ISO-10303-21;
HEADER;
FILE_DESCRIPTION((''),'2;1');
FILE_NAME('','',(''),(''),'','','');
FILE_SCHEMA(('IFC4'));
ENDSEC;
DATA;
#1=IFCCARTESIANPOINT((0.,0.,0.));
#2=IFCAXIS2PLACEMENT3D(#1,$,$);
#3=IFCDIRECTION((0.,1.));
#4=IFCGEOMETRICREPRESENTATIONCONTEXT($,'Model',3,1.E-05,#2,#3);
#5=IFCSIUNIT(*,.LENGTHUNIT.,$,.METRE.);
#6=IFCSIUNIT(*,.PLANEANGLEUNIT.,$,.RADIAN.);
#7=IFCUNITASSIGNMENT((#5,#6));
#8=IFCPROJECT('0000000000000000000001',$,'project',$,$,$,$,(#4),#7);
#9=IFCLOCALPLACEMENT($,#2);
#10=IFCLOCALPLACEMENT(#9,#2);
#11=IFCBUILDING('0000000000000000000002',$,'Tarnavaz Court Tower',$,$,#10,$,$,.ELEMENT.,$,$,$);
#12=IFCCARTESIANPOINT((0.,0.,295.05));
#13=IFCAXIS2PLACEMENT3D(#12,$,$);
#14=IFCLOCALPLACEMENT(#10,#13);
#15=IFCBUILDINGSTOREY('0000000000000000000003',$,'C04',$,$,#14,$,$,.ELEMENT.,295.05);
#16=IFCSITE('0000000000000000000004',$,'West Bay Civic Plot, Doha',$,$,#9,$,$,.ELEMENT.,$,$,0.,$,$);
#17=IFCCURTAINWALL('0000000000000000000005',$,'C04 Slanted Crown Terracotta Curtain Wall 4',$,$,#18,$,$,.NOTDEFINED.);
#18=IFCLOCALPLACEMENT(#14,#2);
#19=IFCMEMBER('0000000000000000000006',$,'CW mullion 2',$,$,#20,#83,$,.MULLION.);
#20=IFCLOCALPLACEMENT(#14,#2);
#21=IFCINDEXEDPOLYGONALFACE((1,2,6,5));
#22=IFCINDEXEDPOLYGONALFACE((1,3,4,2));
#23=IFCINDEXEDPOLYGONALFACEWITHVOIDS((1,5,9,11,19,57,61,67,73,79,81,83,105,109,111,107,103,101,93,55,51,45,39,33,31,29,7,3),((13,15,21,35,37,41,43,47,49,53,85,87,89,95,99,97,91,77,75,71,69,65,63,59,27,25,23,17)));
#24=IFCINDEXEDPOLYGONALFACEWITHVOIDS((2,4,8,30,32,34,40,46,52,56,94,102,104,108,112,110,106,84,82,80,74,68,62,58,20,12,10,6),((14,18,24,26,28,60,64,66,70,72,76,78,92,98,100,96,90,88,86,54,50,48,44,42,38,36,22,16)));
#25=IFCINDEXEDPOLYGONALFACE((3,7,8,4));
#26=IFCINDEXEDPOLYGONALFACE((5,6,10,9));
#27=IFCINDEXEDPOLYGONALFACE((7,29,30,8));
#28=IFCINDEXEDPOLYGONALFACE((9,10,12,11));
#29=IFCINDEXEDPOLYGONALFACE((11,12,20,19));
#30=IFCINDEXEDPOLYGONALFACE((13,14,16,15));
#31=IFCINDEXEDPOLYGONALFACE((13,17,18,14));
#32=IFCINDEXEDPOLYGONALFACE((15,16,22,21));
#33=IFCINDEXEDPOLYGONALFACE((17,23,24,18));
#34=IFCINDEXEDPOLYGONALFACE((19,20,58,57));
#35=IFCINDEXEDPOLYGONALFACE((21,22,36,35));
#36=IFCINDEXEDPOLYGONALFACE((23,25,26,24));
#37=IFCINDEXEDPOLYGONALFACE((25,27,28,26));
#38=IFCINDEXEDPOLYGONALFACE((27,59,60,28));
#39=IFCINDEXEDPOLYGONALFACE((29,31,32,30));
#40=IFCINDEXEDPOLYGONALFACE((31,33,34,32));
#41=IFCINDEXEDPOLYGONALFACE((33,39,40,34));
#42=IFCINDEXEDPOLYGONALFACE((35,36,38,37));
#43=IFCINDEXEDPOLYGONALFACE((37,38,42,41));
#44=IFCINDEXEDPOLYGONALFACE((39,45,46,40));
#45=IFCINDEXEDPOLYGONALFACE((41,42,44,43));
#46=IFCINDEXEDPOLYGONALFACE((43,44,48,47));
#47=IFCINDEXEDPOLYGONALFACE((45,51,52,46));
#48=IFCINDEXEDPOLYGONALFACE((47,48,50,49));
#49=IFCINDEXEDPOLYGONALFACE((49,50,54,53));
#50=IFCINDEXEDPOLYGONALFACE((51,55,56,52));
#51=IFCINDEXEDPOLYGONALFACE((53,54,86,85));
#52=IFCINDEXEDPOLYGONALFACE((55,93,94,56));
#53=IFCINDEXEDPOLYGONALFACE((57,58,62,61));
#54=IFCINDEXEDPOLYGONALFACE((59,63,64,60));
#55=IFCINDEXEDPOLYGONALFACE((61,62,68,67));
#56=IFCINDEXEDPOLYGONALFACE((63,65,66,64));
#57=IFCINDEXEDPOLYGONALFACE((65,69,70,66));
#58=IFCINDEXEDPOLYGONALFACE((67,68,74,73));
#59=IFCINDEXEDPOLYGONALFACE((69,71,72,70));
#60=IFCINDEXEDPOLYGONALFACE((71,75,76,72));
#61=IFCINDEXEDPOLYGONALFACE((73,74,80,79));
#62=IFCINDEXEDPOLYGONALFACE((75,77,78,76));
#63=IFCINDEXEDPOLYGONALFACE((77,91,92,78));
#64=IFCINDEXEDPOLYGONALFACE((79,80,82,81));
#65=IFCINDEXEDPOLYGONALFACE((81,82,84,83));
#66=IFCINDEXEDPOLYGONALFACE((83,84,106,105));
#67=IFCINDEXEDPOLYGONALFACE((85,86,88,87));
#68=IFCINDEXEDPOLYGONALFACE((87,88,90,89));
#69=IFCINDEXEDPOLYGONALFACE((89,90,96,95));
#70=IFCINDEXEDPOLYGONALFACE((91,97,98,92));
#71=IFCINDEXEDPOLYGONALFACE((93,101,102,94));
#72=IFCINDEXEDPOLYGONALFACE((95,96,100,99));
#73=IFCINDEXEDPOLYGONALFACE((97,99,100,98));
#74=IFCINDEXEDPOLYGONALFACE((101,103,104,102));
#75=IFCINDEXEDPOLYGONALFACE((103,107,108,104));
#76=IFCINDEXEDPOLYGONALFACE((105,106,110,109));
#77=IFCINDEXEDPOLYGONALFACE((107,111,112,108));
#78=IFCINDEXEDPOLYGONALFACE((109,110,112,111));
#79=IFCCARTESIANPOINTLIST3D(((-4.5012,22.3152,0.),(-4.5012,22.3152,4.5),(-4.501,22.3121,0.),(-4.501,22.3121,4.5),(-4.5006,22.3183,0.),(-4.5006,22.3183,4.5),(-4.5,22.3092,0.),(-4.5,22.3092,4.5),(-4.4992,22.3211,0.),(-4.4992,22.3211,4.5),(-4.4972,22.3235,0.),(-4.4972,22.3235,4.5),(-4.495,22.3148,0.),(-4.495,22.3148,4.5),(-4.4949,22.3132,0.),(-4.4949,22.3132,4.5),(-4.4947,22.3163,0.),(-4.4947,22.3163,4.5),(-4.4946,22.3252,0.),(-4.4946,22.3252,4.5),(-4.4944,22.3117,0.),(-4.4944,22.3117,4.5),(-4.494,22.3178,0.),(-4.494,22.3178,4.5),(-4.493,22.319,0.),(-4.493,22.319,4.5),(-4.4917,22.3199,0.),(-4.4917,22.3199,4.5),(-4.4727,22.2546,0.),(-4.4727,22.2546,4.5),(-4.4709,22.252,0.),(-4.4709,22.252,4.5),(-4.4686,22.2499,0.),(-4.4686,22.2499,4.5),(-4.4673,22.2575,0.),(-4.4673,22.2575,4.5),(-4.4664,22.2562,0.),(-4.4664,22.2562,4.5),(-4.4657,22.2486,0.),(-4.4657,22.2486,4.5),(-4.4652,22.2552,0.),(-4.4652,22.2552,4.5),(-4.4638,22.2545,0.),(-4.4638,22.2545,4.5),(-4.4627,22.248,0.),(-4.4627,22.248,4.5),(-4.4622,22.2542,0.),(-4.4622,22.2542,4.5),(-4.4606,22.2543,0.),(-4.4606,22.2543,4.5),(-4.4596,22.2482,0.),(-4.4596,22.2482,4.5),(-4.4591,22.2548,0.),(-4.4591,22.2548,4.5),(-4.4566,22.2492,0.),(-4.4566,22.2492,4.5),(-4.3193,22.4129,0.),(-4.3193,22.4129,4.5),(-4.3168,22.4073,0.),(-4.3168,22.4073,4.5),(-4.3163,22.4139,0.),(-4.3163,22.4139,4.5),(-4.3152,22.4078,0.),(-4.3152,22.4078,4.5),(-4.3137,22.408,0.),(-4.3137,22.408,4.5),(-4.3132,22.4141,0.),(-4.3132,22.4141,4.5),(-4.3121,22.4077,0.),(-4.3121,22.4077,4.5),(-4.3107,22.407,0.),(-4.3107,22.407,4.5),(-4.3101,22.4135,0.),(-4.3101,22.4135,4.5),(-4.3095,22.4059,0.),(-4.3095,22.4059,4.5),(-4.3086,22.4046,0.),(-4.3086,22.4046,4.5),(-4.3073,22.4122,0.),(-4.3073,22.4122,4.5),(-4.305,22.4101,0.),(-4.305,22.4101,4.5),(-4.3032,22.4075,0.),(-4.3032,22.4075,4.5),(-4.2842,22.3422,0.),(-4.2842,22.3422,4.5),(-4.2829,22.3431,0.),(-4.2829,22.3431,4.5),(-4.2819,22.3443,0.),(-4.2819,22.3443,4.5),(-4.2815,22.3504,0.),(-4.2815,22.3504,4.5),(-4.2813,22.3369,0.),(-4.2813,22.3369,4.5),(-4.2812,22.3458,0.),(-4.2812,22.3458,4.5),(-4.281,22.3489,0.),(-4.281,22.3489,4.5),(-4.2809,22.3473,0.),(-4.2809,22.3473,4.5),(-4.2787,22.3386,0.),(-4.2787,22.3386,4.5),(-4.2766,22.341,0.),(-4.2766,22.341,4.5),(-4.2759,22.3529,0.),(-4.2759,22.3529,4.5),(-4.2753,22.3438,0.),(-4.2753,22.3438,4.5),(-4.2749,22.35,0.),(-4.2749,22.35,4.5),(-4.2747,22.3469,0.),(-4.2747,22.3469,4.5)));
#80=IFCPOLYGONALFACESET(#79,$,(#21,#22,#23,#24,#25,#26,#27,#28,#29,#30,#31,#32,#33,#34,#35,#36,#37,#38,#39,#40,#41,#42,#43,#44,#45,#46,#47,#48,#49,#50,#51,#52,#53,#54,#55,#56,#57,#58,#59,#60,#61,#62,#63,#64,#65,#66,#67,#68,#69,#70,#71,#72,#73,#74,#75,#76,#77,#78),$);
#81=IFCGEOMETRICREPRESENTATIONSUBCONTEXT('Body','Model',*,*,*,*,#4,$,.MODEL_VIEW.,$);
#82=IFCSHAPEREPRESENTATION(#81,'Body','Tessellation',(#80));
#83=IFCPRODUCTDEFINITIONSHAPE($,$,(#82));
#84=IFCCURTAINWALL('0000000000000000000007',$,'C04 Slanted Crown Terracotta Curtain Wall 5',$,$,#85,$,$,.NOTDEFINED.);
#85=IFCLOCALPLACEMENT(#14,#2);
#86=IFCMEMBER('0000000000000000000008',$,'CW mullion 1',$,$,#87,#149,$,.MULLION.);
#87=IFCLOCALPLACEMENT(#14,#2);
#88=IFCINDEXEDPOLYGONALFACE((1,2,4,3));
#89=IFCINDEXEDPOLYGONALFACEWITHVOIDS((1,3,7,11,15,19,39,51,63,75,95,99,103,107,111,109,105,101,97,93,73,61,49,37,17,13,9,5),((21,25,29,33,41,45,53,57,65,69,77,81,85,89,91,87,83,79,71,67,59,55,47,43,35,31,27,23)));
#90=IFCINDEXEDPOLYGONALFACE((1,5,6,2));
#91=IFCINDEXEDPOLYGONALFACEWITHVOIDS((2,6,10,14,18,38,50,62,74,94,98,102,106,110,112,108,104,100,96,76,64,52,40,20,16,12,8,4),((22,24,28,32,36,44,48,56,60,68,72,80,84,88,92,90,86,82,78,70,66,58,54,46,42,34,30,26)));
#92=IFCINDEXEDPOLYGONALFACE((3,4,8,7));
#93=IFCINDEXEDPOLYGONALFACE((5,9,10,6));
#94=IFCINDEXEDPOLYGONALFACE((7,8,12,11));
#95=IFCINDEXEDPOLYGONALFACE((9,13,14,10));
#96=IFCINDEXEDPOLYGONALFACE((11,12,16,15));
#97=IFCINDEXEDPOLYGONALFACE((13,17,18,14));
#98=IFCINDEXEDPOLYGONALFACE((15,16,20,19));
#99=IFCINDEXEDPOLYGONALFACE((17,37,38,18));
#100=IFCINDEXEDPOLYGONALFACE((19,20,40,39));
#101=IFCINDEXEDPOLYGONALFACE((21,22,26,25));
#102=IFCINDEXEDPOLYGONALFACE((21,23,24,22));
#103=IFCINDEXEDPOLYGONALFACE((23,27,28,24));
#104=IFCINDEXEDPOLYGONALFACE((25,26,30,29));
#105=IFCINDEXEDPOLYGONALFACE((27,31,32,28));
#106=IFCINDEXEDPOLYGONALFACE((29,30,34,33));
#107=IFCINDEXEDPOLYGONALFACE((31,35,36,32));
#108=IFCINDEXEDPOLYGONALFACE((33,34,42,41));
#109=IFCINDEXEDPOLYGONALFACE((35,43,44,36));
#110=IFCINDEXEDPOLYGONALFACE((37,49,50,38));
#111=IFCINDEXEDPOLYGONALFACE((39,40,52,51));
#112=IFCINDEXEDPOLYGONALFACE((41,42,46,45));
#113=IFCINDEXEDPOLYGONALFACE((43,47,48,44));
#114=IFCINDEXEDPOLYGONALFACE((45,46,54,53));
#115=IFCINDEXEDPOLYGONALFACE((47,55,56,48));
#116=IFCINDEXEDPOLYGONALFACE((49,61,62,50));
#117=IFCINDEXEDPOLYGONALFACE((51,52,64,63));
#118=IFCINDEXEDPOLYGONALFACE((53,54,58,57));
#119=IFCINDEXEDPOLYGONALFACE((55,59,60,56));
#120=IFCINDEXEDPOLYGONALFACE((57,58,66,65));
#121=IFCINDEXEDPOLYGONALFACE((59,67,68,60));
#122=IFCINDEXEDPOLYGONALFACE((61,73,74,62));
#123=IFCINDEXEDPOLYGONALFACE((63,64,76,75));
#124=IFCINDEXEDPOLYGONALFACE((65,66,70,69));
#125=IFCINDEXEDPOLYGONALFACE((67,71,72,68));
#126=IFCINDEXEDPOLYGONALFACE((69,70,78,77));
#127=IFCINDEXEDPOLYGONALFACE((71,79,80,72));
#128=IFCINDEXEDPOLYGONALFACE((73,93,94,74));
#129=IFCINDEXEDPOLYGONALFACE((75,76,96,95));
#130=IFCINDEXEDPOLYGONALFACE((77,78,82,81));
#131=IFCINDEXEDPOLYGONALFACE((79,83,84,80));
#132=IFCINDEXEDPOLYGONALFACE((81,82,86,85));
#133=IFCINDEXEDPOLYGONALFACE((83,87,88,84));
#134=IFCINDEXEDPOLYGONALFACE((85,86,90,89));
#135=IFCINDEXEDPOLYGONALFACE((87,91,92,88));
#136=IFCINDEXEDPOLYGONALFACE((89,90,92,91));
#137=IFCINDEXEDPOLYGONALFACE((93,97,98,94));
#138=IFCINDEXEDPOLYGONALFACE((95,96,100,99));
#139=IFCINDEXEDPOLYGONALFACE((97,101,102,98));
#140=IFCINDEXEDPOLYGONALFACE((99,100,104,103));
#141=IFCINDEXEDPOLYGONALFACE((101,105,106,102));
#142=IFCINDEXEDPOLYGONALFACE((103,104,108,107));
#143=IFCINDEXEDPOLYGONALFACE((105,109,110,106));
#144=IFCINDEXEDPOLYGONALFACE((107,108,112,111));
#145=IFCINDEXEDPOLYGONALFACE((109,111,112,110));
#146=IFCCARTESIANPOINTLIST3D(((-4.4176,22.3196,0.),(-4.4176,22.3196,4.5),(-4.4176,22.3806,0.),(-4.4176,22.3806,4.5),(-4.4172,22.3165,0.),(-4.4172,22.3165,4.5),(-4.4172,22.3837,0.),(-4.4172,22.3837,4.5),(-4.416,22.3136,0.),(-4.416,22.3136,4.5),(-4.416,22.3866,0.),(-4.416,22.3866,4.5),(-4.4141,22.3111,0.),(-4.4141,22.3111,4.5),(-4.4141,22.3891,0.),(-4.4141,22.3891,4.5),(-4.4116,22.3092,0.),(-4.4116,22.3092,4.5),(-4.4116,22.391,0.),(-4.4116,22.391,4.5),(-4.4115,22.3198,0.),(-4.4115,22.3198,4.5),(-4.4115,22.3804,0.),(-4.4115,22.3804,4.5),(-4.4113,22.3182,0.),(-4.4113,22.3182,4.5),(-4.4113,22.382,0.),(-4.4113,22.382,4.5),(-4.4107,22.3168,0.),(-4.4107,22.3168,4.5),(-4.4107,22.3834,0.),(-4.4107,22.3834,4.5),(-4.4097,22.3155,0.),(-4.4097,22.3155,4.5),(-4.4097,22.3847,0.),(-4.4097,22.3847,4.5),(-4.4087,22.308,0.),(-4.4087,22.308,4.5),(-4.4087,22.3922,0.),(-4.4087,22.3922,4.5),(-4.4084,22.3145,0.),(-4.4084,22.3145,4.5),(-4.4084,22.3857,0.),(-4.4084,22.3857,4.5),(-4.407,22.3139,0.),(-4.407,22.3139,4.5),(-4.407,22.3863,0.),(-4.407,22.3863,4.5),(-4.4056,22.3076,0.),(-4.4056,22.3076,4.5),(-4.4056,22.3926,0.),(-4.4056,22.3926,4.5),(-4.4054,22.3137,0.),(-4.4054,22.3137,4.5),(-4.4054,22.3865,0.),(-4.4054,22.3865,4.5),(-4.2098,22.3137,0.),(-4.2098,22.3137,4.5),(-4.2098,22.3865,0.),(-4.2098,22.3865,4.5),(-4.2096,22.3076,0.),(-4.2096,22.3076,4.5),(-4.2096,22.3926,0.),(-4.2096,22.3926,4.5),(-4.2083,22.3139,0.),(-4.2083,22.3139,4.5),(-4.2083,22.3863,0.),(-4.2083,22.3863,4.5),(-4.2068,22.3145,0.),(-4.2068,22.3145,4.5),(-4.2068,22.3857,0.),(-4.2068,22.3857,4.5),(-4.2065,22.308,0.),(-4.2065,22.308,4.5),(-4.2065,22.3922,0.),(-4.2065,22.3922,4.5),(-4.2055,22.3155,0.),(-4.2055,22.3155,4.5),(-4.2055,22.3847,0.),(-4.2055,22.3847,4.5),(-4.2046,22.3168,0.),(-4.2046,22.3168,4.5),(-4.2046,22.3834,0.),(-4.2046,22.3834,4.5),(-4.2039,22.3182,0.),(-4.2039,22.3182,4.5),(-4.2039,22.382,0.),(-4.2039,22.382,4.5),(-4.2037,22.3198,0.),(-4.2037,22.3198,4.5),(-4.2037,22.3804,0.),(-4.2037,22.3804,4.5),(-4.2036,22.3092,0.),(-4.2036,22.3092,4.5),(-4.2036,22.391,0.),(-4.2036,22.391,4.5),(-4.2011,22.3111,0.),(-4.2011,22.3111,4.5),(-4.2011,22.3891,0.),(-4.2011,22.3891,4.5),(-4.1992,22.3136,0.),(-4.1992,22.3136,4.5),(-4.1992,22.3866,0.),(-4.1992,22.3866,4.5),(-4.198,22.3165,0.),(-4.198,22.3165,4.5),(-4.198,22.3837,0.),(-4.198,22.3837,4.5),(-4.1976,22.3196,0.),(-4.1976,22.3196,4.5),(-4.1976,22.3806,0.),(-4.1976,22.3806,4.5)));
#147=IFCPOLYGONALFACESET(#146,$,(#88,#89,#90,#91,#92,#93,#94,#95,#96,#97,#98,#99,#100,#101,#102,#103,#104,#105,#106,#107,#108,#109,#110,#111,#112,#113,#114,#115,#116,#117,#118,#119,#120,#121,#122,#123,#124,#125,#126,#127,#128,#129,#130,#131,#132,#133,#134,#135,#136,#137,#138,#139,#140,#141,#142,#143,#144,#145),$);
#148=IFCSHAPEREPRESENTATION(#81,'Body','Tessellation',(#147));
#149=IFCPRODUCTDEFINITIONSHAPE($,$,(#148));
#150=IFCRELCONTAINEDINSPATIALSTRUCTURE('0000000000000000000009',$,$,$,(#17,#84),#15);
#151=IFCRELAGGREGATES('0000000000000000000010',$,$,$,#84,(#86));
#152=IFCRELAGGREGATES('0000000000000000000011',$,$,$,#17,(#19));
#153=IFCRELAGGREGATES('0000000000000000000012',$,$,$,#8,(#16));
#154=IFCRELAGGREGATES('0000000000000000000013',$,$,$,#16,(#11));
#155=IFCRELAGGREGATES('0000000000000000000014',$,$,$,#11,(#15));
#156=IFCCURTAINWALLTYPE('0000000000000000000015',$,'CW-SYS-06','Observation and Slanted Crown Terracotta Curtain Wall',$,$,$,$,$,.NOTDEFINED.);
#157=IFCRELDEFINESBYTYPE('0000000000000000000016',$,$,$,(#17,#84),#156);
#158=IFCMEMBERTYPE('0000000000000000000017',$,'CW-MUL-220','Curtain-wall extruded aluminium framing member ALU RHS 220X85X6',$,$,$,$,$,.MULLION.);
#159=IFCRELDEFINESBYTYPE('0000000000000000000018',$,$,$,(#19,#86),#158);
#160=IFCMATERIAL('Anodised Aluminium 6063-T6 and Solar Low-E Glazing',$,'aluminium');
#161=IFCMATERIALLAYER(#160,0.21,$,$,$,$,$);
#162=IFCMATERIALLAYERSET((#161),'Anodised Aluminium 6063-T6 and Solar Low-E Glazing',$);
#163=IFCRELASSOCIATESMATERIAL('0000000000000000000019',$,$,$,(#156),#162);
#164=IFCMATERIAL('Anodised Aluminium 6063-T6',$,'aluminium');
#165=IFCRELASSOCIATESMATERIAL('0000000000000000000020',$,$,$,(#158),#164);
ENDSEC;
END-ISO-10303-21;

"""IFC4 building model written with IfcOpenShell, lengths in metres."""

from ifc_helpers import new_model, si_unit, direction, frame, origin, origin_2d, place, context, subcontext, project, spatial, hollow_rectangle, extrude, material, layer, layer_set, material_profile, profile_set, type_object, element, aggregate, save


model = new_model("IFC4")

# Units and contexts
model_context = context("Model", 3, precision=1e-05, world=origin(), true_north=direction((0.0, 1.0)))
body_context = subcontext(model_context, "Body", "Model", "MODEL_VIEW")
ifc_project = project(units=[si_unit("LENGTHUNIT", "METRE"), si_unit("PLANEANGLEUNIT", "RADIAN")], contexts=[model_context])

# Site, building, storey
site_placement = place(None, origin())
site = spatial("IfcSite", under=ifc_project, at=site_placement, Name="West Bay Civic Plot, Doha", CompositionType="ELEMENT", RefElevation=0.0)
building_placement = place(site_placement, origin())
building = spatial("IfcBuilding", under=site, at=building_placement, Name="Tarnavaz Court Tower", CompositionType="ELEMENT")
storey_placement = place(building_placement, frame((0.0, 0.0, 295.05)))
storey = spatial("IfcBuildingStorey", under=building, at=storey_placement, Name="C04", CompositionType="ELEMENT", Elevation=295.05)

# Shared definitions
ifc_material_1 = material(Name="Anodised Aluminium 6063-T6 and Solar Low-E Glazing", Category="aluminium")
ifc_layer_1 = layer(ifc_material_1, 0.21)
ifc_layer_set_1 = layer_set([ifc_layer_1], Name="Anodised Aluminium 6063-T6 and Solar Low-E Glazing")
curtain_wall_type = type_object("IfcCurtainWallType", Name="CW-SYS-06", Description="Observation and Slanted Crown Terracotta Curtain Wall", PredefinedType="NOTDEFINED", material=ifc_layer_set_1)
ifc_material_2 = material(Name="Anodised Aluminium 6063-T6", Category="aluminium")
ifc_material_profile_1 = material_profile(ifc_material_2, hollow_rectangle(XDim=0.085, YDim=0.22, WallThickness=0.0061, InnerFilletRadius=0.0061, OuterFilletRadius=0.012, at=origin_2d()), Name="ALU RHS 220X85X6")
ifc_profile_set_1 = profile_set([ifc_material_profile_1], Name="Anodised Aluminium 6063-T6")
member_type_1 = type_object("IfcMemberType", Name="CW-MUL-220", Description="Curtain-wall extruded aluminium framing member ALU RHS 220X85X6", PredefinedType="MULLION", material=ifc_profile_set_1)

# Curtain wall, member
curtain_wall_1_placement = place(storey_placement, origin())
curtain_wall_1 = element("IfcCurtainWall", 1, at=curtain_wall_1_placement, inside=storey, type_object=curtain_wall_type, Name="C04 Slanted Crown Terracotta Curtain Wall 4", PredefinedType="NOTDEFINED")
member_1_placement = place(storey_placement, frame((-4.3879, 22.3311, 0.0), z_axis=(0.0, 0.0, 1.0), x_axis=(-0.447214, 0.894427, 0.0)))
member_1 = element("IfcMember", 2, at=member_1_placement, type_object=member_type_1, Name="CW mullion 2", PredefinedType="MULLION", context=body_context, shape_type="SweptSolid", body=[
    extrude(hollow_rectangle(XDim=0.085, YDim=0.22, WallThickness=0.0061, InnerFilletRadius=0.0061, OuterFilletRadius=0.012, at=origin_2d()), origin(), (0.0, 0.0, 1.0), 4.5),
])

# Curtain wall, member
curtain_wall_2_placement = place(storey_placement, origin())
curtain_wall_2 = element("IfcCurtainWall", 3, at=curtain_wall_2_placement, inside=storey, type_object=curtain_wall_type, Name="C04 Slanted Crown Terracotta Curtain Wall 5", PredefinedType="NOTDEFINED")
member_2_placement = place(storey_placement, frame((-4.3076, 22.3501, 0.0), z_axis=(0.0, 0.0, 1.0), x_axis=(0.0, 1.0, 0.0)))
member_2 = element("IfcMember", 4, at=member_2_placement, type_object=member_type_1, Name="CW mullion 1", PredefinedType="MULLION", context=body_context, shape_type="SweptSolid", body=[
    extrude(hollow_rectangle(XDim=0.085, YDim=0.22, WallThickness=0.0061, InnerFilletRadius=0.0061, OuterFilletRadius=0.012, at=origin_2d()), origin(), (0.0, 0.0, 1.0), 4.5),
])
aggregate(curtain_wall_2, [member_2])

aggregate(curtain_wall_1, [member_1])

save(model, "model.ifc")
